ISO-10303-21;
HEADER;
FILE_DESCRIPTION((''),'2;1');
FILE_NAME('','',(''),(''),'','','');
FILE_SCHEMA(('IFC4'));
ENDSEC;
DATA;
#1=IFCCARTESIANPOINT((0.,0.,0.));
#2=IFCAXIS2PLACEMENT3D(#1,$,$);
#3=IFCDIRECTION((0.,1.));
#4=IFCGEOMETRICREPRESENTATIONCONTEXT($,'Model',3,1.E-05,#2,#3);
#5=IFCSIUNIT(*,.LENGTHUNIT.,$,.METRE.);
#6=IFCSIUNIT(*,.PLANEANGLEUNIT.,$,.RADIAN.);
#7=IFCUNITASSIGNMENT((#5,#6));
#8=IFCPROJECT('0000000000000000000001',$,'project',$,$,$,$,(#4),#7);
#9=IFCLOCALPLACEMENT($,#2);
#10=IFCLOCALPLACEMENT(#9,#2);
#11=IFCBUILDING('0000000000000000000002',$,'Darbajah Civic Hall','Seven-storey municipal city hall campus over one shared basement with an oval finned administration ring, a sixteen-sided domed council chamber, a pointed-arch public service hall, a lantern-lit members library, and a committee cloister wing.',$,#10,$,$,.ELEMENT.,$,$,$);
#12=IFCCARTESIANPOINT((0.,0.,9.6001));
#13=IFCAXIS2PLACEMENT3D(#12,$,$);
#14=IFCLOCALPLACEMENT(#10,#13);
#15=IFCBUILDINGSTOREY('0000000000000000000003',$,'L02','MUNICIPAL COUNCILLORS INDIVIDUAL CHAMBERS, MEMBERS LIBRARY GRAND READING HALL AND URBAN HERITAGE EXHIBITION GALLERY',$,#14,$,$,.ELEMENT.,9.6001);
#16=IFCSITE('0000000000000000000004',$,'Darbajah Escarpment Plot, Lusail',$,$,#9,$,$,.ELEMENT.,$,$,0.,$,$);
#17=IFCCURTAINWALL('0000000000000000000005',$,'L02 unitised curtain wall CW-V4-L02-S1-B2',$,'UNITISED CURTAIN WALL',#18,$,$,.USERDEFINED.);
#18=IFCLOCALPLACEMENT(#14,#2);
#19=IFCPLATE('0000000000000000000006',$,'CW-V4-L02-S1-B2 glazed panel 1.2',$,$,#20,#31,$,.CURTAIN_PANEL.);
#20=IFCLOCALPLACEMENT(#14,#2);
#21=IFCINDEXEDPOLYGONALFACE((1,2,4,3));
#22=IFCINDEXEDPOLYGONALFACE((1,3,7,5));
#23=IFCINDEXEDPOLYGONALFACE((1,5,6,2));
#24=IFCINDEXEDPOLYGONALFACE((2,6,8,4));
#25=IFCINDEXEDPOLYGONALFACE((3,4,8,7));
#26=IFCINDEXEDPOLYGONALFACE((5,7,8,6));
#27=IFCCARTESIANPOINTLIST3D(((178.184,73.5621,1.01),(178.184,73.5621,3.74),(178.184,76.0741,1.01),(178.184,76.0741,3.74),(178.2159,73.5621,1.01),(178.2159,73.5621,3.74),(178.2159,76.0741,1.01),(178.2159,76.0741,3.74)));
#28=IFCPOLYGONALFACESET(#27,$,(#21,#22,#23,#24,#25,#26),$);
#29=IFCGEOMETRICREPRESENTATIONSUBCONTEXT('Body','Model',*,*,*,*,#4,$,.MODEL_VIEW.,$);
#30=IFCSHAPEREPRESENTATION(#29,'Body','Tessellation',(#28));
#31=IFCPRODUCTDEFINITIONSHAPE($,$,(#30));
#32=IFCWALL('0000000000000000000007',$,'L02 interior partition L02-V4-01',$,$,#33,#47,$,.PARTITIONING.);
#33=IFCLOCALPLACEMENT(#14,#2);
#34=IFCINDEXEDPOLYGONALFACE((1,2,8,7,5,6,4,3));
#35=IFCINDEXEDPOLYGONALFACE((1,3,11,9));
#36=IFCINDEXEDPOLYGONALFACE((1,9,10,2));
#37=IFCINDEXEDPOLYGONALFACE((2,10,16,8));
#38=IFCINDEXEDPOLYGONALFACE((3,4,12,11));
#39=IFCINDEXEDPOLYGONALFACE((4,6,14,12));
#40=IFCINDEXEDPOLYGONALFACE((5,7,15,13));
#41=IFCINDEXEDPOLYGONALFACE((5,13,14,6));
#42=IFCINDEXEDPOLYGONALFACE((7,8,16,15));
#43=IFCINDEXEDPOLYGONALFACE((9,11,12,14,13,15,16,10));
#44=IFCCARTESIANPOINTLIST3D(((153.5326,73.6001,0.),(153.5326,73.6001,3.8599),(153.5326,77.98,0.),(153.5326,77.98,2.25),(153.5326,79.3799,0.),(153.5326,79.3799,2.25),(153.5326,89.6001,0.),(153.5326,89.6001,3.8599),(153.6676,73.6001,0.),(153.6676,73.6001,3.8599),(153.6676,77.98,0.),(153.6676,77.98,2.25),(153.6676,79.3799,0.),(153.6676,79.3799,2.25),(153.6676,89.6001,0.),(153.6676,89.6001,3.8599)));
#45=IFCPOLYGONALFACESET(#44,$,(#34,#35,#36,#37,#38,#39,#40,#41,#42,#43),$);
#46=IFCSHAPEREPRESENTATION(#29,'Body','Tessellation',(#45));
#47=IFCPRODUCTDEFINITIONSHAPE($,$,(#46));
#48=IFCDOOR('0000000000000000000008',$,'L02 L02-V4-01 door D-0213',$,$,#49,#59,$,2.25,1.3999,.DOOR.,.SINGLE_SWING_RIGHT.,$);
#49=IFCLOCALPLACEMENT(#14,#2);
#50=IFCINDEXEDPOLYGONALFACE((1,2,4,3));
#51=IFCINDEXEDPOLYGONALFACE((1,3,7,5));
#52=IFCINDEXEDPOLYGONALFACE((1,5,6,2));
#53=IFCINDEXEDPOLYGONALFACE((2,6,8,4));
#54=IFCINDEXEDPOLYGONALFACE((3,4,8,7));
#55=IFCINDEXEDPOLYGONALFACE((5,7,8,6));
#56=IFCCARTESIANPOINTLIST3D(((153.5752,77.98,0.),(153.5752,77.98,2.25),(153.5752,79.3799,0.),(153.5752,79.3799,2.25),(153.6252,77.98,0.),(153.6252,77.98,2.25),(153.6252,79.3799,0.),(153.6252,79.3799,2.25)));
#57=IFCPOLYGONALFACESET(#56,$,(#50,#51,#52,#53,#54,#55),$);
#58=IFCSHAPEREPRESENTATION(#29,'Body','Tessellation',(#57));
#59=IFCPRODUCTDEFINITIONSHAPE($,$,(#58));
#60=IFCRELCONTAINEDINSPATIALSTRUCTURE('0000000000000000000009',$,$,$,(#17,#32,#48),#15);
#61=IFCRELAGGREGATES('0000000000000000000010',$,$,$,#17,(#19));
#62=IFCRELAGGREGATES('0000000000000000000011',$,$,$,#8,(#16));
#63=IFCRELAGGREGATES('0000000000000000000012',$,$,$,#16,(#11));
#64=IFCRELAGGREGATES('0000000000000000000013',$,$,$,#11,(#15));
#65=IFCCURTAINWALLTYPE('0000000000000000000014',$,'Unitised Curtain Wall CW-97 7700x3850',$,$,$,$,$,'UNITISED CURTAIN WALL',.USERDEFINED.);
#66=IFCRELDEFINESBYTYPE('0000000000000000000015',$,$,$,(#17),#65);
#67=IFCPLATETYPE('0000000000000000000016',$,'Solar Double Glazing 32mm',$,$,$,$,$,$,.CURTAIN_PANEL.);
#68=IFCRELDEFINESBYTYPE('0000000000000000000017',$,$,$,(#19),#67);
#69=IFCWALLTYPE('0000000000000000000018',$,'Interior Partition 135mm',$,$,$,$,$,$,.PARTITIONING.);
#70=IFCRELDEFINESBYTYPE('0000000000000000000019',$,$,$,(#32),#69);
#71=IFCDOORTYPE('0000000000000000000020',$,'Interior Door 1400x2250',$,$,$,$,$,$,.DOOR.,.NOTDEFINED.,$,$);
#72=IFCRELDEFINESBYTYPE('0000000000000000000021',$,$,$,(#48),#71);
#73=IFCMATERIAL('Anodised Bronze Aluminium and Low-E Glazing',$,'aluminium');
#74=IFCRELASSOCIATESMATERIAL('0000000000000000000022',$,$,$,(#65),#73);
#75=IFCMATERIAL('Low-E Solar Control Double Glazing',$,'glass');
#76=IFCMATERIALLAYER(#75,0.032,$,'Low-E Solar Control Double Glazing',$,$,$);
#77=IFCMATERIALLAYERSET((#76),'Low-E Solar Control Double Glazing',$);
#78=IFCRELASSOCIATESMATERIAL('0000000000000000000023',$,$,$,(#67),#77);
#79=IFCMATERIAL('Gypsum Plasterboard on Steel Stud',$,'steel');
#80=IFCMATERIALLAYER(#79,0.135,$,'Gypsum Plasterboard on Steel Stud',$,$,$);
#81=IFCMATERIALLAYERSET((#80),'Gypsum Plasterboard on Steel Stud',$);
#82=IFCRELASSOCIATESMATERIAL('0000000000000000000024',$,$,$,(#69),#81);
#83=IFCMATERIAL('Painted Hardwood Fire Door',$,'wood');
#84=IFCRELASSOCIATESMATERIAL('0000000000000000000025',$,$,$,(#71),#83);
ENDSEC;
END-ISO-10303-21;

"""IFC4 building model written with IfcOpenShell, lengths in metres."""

from ifc_helpers import new_model, si_unit, direction, frame, frame_2d, origin, origin_2d, place, context, subcontext, project, spatial, rectangle, extrude, material, layer, layer_set, type_object, element, fill, aggregate, save


model = new_model("IFC4")

# Units and contexts
model_context = context("Model", 3, precision=1e-05, world=origin(), true_north=direction((0.0, 1.0)))
body_context = subcontext(model_context, "Body", "Model", "MODEL_VIEW")
ifc_project = project(units=[si_unit("LENGTHUNIT", "METRE"), si_unit("PLANEANGLEUNIT", "RADIAN")], contexts=[model_context])

# Site, building, storey
site_placement = place(None, origin())
site = spatial("IfcSite", under=ifc_project, at=site_placement, Name="Darbajah Escarpment Plot, Lusail", CompositionType="ELEMENT", RefElevation=0.0)
building_placement = place(site_placement, origin())
building = spatial("IfcBuilding", under=site, at=building_placement, Name="Darbajah Civic Hall", Description="Seven-storey municipal city hall campus over one shared basement with an oval finned administration ring, a sixteen-sided domed council chamber, a pointed-arch public service hall, a lantern-lit members library, and a committee cloister wing.", CompositionType="ELEMENT")
storey_placement = place(building_placement, frame((0.0, 0.0, 9.6001)))
storey = spatial("IfcBuildingStorey", under=building, at=storey_placement, Name="L02", Description="MUNICIPAL COUNCILLORS INDIVIDUAL CHAMBERS, MEMBERS LIBRARY GRAND READING HALL AND URBAN HERITAGE EXHIBITION GALLERY", CompositionType="ELEMENT", Elevation=9.6001)

# Shared definitions
ifc_material_1 = material(Name="Anodised Bronze Aluminium and Low-E Glazing", Category="aluminium")
curtain_wall_type = type_object("IfcCurtainWallType", Name="Unitised Curtain Wall CW-97 7700x3850", ElementType="UNITISED CURTAIN WALL", PredefinedType="USERDEFINED", material=ifc_material_1)

# Curtain wall
curtain_wall_1_placement = place(storey_placement, origin())
curtain_wall_1 = element("IfcCurtainWall", 1, at=curtain_wall_1_placement, inside=storey, type_object=curtain_wall_type, Name="L02 unitised curtain wall CW-V4-L02-S1-B2", ObjectType="UNITISED CURTAIN WALL", PredefinedType="USERDEFINED")

# Plate
ifc_material_2 = material(Name="Low-E Solar Control Double Glazing", Category="glass")
ifc_layer_1 = layer(ifc_material_2, 0.032, Name="Low-E Solar Control Double Glazing")
ifc_layer_set_1 = layer_set([ifc_layer_1], Name="Low-E Solar Control Double Glazing")
plate_type = type_object("IfcPlateType", Name="Solar Double Glazing 32mm", PredefinedType="CURTAIN_PANEL", material=ifc_layer_set_1)
plate_1_placement = place(storey_placement, frame((178.2, 74.8181, 1.01), z_axis=(0.0, 0.0, 1.0), x_axis=(0.0, 1.0, 0.0)))
plate_1 = element("IfcPlate", 2, at=plate_1_placement, type_object=plate_type, Name="CW-V4-L02-S1-B2 glazed panel 1.2", PredefinedType="CURTAIN_PANEL", context=body_context, shape_type="SweptSolid", body=[
    extrude(rectangle(XDim=2.512, YDim=0.032, at=origin_2d()), origin(), (0.0, 0.0, 1.0), 2.73),
])
aggregate(curtain_wall_1, [plate_1])

# Wall, opening, door
ifc_material_3 = material(Name="Gypsum Plasterboard on Steel Stud", Category="steel")
ifc_layer_2 = layer(ifc_material_3, 0.135, Name="Gypsum Plasterboard on Steel Stud")
ifc_layer_set_2 = layer_set([ifc_layer_2], Name="Gypsum Plasterboard on Steel Stud")
wall_type = type_object("IfcWallType", Name="Interior Partition 135mm", PredefinedType="PARTITIONING", material=ifc_layer_set_2)
wall_placement = place(storey_placement, frame((153.6001, 73.6001, 0.0), z_axis=(0.0, 0.0, 1.0), x_axis=(0.0, 1.0, 0.0)))
wall = element("IfcWall", 3, at=wall_placement, inside=storey, type_object=wall_type, Name="L02 interior partition L02-V4-01", PredefinedType="PARTITIONING", context=body_context, shape_type="SweptSolid", body=[
    extrude(rectangle(XDim=16.0, YDim=0.135, at=frame_2d((8.0, 0.0))), origin(), (0.0, 0.0, 1.0), 3.8599),
])
opening_placement = place(wall_placement, frame((4.3799, 0.0, 0.0)))
opening = element("IfcOpeningElement", 4, at=opening_placement, cuts=wall, PredefinedType="OPENING", context=body_context, shape_type="SweptSolid", body=[
    extrude(rectangle(XDim=1.3999, YDim=2.25, at=frame_2d((0.7, 1.125))), frame((0.0, 0.0774, 0.0), z_axis=(0.0, -1.0, 0.0), x_axis=(1.0, 0.0, 0.0)), (0.0, 0.0, 1.0), 0.155),
])
ifc_material_4 = material(Name="Painted Hardwood Fire Door", Category="wood")
door_type = type_object("IfcDoorType", Name="Interior Door 1400x2250", OperationType="NOTDEFINED", PredefinedType="DOOR", material=ifc_material_4)
door_placement = place(opening_placement, origin())
door = element("IfcDoor", 5, at=door_placement, inside=storey, type_object=door_type, Name="L02 L02-V4-01 door D-0213", OperationType="SINGLE_SWING_RIGHT", OverallHeight=2.25, OverallWidth=1.3999, PredefinedType="DOOR", context=body_context, shape_type="SweptSolid", body=[
    extrude(rectangle(XDim=1.3999, YDim=2.25, at=frame_2d((0.7, 1.125))), frame((0.0, 0.0249, 0.0), z_axis=(0.0, -1.0, 0.0), x_axis=(1.0, 0.0, 0.0)), (0.0, 0.0, 1.0), 0.05),
])
fill(opening, door)

save(model, "model.ifc")
